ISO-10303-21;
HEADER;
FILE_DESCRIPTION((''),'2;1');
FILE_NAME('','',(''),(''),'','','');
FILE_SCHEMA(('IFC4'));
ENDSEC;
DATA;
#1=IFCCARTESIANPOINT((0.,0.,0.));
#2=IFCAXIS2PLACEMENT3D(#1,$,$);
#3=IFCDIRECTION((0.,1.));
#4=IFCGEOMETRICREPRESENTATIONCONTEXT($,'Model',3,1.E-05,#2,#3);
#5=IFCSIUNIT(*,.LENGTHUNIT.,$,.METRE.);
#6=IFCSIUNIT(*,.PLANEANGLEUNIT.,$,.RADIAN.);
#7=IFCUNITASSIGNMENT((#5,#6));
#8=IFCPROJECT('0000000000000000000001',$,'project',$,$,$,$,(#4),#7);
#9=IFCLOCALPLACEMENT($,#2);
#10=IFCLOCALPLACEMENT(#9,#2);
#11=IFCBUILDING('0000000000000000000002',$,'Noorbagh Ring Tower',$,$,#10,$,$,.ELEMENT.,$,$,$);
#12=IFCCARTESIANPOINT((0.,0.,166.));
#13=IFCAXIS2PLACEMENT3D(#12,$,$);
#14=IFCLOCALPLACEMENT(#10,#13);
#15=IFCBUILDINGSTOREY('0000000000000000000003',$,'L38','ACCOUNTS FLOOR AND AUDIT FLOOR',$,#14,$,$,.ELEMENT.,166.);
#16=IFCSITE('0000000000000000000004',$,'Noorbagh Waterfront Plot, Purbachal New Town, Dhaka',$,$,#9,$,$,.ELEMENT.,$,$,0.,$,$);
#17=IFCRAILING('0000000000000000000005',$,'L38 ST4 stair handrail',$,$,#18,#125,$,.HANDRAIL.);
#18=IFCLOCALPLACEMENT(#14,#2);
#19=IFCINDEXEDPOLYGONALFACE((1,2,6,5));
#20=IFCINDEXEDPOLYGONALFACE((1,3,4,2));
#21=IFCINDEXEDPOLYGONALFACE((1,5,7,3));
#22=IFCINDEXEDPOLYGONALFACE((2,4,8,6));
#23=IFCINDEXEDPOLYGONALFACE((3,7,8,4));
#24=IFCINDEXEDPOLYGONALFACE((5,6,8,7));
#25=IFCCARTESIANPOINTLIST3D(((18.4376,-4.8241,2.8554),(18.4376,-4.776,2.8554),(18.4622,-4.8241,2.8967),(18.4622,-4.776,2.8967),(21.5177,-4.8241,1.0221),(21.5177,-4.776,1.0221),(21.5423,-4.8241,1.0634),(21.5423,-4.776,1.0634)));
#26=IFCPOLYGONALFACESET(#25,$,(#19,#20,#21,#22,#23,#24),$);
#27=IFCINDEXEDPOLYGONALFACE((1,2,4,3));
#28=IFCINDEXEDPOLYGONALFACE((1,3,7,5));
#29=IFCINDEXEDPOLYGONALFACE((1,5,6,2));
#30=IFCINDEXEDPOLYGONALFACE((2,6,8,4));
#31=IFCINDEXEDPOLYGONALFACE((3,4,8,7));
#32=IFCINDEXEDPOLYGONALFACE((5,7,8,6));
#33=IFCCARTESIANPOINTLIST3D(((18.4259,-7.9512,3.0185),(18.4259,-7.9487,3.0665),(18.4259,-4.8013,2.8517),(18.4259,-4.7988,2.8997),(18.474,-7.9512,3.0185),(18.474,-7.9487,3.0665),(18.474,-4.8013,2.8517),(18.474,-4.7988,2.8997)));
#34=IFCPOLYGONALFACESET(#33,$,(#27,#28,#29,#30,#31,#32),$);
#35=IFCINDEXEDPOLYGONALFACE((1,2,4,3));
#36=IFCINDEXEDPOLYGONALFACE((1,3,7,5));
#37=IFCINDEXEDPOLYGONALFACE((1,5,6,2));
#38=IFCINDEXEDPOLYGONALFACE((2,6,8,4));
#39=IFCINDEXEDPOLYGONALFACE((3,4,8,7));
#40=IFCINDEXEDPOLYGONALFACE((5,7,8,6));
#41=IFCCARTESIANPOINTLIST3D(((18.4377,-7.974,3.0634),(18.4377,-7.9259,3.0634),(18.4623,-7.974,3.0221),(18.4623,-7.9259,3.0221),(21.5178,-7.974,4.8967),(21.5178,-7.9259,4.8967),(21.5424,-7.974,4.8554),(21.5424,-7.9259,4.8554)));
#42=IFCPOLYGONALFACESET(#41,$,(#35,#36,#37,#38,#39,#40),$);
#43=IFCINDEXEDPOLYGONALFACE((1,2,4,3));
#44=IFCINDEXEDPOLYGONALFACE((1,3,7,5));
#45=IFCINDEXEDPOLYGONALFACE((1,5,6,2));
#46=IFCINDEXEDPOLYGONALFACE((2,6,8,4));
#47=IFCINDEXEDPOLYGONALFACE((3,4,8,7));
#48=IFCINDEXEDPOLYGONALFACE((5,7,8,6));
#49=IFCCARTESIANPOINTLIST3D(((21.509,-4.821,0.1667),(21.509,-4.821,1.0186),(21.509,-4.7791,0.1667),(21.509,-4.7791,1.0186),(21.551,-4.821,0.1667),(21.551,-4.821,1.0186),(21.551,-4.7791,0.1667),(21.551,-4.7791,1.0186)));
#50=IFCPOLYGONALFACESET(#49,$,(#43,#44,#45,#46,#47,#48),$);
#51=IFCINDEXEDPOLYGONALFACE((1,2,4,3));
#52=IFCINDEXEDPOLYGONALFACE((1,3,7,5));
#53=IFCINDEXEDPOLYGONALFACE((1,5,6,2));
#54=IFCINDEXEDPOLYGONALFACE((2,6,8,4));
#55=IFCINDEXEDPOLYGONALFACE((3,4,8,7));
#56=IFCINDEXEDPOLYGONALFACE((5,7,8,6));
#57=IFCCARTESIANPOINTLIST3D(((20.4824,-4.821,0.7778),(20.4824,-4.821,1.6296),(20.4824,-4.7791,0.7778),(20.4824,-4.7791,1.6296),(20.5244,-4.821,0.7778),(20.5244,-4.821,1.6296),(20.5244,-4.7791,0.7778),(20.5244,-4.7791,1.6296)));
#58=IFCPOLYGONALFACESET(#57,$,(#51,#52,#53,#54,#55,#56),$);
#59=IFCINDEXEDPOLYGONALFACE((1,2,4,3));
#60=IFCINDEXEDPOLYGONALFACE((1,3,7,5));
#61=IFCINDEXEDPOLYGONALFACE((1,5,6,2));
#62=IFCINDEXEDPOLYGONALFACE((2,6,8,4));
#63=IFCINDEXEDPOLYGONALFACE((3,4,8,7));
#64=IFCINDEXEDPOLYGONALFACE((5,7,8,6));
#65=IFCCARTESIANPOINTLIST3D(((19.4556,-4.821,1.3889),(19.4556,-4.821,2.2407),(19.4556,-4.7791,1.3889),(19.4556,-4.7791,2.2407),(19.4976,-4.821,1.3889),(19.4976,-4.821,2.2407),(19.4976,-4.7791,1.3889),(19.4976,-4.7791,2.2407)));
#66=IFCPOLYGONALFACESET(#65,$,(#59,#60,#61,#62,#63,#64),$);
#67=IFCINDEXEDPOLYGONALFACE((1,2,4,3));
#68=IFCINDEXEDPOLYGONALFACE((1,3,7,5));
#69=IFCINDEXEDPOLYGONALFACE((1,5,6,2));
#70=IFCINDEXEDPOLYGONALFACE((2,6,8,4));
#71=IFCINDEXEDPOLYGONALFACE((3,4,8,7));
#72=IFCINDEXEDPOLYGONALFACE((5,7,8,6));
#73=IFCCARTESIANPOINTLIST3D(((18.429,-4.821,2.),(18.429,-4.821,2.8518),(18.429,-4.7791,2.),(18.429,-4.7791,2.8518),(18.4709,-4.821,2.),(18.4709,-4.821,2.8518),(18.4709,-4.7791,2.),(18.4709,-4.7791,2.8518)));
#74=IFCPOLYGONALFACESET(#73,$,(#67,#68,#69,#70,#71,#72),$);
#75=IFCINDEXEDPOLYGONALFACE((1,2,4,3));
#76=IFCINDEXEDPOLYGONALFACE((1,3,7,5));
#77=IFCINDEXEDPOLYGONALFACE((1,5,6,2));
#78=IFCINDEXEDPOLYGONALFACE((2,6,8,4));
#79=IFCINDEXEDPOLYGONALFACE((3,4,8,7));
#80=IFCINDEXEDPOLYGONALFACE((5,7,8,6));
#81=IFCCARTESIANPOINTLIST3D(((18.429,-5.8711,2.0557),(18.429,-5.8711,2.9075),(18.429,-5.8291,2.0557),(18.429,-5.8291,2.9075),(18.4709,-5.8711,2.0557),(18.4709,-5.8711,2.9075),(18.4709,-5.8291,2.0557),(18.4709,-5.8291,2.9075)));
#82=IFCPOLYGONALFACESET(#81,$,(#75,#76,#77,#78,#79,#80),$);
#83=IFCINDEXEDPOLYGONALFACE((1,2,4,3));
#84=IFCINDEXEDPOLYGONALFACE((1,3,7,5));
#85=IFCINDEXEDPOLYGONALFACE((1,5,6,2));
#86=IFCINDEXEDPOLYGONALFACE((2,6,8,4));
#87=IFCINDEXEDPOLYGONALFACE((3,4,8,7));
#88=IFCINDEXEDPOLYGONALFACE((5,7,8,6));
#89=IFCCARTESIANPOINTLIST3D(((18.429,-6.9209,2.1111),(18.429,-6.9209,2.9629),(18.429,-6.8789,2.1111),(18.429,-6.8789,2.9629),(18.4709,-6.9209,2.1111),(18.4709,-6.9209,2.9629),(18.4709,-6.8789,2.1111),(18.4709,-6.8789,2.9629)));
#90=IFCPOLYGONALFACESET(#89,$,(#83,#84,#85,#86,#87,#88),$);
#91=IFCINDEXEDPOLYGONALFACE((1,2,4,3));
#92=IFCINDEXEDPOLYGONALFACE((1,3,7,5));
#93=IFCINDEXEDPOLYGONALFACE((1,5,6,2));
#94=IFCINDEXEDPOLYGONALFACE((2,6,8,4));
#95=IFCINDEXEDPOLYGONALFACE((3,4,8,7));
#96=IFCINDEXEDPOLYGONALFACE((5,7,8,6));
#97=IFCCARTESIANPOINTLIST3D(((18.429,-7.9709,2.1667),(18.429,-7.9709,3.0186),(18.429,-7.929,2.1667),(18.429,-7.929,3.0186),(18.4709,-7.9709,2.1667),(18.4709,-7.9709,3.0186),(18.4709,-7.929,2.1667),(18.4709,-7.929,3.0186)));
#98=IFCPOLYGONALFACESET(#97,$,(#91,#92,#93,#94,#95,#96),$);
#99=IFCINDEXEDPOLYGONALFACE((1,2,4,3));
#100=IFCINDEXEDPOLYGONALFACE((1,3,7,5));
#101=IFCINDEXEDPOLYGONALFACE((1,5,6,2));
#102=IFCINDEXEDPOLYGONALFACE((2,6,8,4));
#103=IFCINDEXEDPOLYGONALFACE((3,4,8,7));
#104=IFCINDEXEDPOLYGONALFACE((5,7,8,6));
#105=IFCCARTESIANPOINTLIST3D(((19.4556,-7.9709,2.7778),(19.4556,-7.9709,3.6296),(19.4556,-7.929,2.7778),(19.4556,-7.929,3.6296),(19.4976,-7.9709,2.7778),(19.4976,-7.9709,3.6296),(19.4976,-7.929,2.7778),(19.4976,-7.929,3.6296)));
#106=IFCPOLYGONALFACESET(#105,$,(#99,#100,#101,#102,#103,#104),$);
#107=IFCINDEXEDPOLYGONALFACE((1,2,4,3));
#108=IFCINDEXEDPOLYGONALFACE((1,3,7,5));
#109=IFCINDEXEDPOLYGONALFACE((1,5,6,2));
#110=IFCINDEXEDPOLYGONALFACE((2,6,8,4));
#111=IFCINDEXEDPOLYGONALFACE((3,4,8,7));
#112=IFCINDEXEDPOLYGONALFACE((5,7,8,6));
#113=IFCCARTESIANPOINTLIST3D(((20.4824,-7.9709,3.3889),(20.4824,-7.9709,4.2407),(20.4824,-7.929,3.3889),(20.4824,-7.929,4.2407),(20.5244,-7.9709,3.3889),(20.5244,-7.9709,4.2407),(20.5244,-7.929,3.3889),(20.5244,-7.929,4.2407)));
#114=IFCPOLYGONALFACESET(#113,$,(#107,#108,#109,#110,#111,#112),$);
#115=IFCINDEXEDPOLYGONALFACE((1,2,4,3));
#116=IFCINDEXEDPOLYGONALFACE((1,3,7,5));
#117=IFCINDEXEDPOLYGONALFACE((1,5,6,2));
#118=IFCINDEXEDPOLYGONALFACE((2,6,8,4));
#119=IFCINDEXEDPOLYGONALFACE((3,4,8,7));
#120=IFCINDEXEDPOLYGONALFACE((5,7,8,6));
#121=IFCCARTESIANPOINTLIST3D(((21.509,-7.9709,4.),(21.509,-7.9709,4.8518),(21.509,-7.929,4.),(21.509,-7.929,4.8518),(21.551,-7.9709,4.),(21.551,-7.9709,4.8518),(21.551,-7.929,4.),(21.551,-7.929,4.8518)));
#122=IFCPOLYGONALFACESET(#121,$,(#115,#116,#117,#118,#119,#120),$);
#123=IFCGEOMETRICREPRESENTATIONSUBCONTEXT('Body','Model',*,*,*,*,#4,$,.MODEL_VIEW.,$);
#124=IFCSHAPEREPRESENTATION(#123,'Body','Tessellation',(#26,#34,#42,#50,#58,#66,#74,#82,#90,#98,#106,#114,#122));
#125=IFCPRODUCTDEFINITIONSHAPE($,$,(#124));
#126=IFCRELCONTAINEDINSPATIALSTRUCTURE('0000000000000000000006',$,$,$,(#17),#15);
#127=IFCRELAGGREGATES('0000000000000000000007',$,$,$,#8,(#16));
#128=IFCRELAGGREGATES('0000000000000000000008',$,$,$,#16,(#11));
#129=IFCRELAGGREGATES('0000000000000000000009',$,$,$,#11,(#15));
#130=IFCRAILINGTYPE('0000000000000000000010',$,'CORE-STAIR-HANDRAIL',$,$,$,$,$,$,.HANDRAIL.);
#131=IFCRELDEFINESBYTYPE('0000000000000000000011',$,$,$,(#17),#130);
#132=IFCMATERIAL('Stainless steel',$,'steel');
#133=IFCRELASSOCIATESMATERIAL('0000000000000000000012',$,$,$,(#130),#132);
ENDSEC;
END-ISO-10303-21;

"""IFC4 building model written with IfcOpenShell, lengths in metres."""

from ifc_helpers import new_model, si_unit, direction, frame, origin, origin_2d, place, context, subcontext, project, spatial, rectangle, extrude, material, type_object, element, save


model = new_model("IFC4")

# Units and contexts
model_context = context("Model", 3, precision=1e-05, world=origin(), true_north=direction((0.0, 1.0)))
body_context = subcontext(model_context, "Body", "Model", "MODEL_VIEW")
ifc_project = project(units=[si_unit("LENGTHUNIT", "METRE"), si_unit("PLANEANGLEUNIT", "RADIAN")], contexts=[model_context])

# Site, building, storey
site_placement = place(None, origin())
site = spatial("IfcSite", under=ifc_project, at=site_placement, Name="Noorbagh Waterfront Plot, Purbachal New Town, Dhaka", CompositionType="ELEMENT", RefElevation=0.0)
building_placement = place(site_placement, origin())
building = spatial("IfcBuilding", under=site, at=building_placement, Name="Noorbagh Ring Tower", CompositionType="ELEMENT")
storey_placement = place(building_placement, frame((0.0, 0.0, 166.0)))
storey = spatial("IfcBuildingStorey", under=building, at=storey_placement, Name="L38", Description="ACCOUNTS FLOOR AND AUDIT FLOOR", CompositionType="ELEMENT", Elevation=166.0)

# Railing
ifc_material_1 = material(Name="Stainless steel", Category="steel")
railing_type_1 = type_object("IfcRailingType", Name="CORE-STAIR-HANDRAIL", PredefinedType="HANDRAIL", material=ifc_material_1)
railing_1_placement = place(storey_placement, frame((21.53, -4.8, 0.1667)))
element("IfcRailing", 1, at=railing_1_placement, inside=storey, type_object=railing_type_1, Name="L38 ST4 stair handrail", PredefinedType="HANDRAIL", context=body_context, shape_type="SweptSolid", body=[
    extrude(rectangle(XDim=0.0481, YDim=0.0481, at=origin_2d()), frame((0.0, 0.0, 0.876), z_axis=(-0.859309, 0.0, 0.511458), x_axis=(0.0, -1.0, 0.0)), (0.0, 0.0, 1.0), 3.5845),
    extrude(rectangle(XDim=0.0481, YDim=0.0481, at=origin_2d()), frame((-3.0801, 0.0, 2.709), z_axis=(0.0, -0.998602, 0.052864), x_axis=(1.0, 0.0, 0.0)), (0.0, 0.0, 1.0), 3.1543),
    extrude(rectangle(XDim=0.0481, YDim=0.0481, at=origin_2d()), frame((-3.0801, -3.1499, 2.876), z_axis=(0.859309, 0.0, 0.511458), x_axis=(0.0, 1.0, 0.0)), (0.0, 0.0, 1.0), 3.5845),
    extrude(rectangle(XDim=0.042, YDim=0.042, at=origin_2d()), origin(), (0.0, 0.0, 1.0), 0.8518),
    extrude(rectangle(XDim=0.042, YDim=0.042, at=origin_2d()), frame((-1.0266, 0.0, 0.6111)), (0.0, 0.0, 1.0), 0.8518),
    extrude(rectangle(XDim=0.042, YDim=0.042, at=origin_2d()), frame((-2.0535, 0.0, 1.2222)), (0.0, 0.0, 1.0), 0.8518),
    extrude(rectangle(XDim=0.042, YDim=0.042, at=origin_2d()), frame((-3.0801, 0.0, 1.8333)), (0.0, 0.0, 1.0), 0.8518),
    extrude(rectangle(XDim=0.042, YDim=0.042, at=origin_2d()), frame((-3.0801, -1.05, 1.8889)), (0.0, 0.0, 1.0), 0.8518),
    extrude(rectangle(XDim=0.042, YDim=0.042, at=origin_2d()), frame((-3.0801, -2.0999, 1.9443)), (0.0, 0.0, 1.0), 0.8518),
    extrude(rectangle(XDim=0.042, YDim=0.042, at=origin_2d()), frame((-3.0801, -3.1499, 2.0)), (0.0, 0.0, 1.0), 0.8518),
    extrude(rectangle(XDim=0.042, YDim=0.042, at=origin_2d()), frame((-2.0535, -3.1499, 2.6111)), (0.0, 0.0, 1.0), 0.8518),
    extrude(rectangle(XDim=0.042, YDim=0.042, at=origin_2d()), frame((-1.0266, -3.1499, 3.2222)), (0.0, 0.0, 1.0), 0.8518),
    extrude(rectangle(XDim=0.042, YDim=0.042, at=origin_2d()), frame((0.0, -3.1499, 3.8333)), (0.0, 0.0, 1.0), 0.8518),
])

save(model, "model.ifc")
